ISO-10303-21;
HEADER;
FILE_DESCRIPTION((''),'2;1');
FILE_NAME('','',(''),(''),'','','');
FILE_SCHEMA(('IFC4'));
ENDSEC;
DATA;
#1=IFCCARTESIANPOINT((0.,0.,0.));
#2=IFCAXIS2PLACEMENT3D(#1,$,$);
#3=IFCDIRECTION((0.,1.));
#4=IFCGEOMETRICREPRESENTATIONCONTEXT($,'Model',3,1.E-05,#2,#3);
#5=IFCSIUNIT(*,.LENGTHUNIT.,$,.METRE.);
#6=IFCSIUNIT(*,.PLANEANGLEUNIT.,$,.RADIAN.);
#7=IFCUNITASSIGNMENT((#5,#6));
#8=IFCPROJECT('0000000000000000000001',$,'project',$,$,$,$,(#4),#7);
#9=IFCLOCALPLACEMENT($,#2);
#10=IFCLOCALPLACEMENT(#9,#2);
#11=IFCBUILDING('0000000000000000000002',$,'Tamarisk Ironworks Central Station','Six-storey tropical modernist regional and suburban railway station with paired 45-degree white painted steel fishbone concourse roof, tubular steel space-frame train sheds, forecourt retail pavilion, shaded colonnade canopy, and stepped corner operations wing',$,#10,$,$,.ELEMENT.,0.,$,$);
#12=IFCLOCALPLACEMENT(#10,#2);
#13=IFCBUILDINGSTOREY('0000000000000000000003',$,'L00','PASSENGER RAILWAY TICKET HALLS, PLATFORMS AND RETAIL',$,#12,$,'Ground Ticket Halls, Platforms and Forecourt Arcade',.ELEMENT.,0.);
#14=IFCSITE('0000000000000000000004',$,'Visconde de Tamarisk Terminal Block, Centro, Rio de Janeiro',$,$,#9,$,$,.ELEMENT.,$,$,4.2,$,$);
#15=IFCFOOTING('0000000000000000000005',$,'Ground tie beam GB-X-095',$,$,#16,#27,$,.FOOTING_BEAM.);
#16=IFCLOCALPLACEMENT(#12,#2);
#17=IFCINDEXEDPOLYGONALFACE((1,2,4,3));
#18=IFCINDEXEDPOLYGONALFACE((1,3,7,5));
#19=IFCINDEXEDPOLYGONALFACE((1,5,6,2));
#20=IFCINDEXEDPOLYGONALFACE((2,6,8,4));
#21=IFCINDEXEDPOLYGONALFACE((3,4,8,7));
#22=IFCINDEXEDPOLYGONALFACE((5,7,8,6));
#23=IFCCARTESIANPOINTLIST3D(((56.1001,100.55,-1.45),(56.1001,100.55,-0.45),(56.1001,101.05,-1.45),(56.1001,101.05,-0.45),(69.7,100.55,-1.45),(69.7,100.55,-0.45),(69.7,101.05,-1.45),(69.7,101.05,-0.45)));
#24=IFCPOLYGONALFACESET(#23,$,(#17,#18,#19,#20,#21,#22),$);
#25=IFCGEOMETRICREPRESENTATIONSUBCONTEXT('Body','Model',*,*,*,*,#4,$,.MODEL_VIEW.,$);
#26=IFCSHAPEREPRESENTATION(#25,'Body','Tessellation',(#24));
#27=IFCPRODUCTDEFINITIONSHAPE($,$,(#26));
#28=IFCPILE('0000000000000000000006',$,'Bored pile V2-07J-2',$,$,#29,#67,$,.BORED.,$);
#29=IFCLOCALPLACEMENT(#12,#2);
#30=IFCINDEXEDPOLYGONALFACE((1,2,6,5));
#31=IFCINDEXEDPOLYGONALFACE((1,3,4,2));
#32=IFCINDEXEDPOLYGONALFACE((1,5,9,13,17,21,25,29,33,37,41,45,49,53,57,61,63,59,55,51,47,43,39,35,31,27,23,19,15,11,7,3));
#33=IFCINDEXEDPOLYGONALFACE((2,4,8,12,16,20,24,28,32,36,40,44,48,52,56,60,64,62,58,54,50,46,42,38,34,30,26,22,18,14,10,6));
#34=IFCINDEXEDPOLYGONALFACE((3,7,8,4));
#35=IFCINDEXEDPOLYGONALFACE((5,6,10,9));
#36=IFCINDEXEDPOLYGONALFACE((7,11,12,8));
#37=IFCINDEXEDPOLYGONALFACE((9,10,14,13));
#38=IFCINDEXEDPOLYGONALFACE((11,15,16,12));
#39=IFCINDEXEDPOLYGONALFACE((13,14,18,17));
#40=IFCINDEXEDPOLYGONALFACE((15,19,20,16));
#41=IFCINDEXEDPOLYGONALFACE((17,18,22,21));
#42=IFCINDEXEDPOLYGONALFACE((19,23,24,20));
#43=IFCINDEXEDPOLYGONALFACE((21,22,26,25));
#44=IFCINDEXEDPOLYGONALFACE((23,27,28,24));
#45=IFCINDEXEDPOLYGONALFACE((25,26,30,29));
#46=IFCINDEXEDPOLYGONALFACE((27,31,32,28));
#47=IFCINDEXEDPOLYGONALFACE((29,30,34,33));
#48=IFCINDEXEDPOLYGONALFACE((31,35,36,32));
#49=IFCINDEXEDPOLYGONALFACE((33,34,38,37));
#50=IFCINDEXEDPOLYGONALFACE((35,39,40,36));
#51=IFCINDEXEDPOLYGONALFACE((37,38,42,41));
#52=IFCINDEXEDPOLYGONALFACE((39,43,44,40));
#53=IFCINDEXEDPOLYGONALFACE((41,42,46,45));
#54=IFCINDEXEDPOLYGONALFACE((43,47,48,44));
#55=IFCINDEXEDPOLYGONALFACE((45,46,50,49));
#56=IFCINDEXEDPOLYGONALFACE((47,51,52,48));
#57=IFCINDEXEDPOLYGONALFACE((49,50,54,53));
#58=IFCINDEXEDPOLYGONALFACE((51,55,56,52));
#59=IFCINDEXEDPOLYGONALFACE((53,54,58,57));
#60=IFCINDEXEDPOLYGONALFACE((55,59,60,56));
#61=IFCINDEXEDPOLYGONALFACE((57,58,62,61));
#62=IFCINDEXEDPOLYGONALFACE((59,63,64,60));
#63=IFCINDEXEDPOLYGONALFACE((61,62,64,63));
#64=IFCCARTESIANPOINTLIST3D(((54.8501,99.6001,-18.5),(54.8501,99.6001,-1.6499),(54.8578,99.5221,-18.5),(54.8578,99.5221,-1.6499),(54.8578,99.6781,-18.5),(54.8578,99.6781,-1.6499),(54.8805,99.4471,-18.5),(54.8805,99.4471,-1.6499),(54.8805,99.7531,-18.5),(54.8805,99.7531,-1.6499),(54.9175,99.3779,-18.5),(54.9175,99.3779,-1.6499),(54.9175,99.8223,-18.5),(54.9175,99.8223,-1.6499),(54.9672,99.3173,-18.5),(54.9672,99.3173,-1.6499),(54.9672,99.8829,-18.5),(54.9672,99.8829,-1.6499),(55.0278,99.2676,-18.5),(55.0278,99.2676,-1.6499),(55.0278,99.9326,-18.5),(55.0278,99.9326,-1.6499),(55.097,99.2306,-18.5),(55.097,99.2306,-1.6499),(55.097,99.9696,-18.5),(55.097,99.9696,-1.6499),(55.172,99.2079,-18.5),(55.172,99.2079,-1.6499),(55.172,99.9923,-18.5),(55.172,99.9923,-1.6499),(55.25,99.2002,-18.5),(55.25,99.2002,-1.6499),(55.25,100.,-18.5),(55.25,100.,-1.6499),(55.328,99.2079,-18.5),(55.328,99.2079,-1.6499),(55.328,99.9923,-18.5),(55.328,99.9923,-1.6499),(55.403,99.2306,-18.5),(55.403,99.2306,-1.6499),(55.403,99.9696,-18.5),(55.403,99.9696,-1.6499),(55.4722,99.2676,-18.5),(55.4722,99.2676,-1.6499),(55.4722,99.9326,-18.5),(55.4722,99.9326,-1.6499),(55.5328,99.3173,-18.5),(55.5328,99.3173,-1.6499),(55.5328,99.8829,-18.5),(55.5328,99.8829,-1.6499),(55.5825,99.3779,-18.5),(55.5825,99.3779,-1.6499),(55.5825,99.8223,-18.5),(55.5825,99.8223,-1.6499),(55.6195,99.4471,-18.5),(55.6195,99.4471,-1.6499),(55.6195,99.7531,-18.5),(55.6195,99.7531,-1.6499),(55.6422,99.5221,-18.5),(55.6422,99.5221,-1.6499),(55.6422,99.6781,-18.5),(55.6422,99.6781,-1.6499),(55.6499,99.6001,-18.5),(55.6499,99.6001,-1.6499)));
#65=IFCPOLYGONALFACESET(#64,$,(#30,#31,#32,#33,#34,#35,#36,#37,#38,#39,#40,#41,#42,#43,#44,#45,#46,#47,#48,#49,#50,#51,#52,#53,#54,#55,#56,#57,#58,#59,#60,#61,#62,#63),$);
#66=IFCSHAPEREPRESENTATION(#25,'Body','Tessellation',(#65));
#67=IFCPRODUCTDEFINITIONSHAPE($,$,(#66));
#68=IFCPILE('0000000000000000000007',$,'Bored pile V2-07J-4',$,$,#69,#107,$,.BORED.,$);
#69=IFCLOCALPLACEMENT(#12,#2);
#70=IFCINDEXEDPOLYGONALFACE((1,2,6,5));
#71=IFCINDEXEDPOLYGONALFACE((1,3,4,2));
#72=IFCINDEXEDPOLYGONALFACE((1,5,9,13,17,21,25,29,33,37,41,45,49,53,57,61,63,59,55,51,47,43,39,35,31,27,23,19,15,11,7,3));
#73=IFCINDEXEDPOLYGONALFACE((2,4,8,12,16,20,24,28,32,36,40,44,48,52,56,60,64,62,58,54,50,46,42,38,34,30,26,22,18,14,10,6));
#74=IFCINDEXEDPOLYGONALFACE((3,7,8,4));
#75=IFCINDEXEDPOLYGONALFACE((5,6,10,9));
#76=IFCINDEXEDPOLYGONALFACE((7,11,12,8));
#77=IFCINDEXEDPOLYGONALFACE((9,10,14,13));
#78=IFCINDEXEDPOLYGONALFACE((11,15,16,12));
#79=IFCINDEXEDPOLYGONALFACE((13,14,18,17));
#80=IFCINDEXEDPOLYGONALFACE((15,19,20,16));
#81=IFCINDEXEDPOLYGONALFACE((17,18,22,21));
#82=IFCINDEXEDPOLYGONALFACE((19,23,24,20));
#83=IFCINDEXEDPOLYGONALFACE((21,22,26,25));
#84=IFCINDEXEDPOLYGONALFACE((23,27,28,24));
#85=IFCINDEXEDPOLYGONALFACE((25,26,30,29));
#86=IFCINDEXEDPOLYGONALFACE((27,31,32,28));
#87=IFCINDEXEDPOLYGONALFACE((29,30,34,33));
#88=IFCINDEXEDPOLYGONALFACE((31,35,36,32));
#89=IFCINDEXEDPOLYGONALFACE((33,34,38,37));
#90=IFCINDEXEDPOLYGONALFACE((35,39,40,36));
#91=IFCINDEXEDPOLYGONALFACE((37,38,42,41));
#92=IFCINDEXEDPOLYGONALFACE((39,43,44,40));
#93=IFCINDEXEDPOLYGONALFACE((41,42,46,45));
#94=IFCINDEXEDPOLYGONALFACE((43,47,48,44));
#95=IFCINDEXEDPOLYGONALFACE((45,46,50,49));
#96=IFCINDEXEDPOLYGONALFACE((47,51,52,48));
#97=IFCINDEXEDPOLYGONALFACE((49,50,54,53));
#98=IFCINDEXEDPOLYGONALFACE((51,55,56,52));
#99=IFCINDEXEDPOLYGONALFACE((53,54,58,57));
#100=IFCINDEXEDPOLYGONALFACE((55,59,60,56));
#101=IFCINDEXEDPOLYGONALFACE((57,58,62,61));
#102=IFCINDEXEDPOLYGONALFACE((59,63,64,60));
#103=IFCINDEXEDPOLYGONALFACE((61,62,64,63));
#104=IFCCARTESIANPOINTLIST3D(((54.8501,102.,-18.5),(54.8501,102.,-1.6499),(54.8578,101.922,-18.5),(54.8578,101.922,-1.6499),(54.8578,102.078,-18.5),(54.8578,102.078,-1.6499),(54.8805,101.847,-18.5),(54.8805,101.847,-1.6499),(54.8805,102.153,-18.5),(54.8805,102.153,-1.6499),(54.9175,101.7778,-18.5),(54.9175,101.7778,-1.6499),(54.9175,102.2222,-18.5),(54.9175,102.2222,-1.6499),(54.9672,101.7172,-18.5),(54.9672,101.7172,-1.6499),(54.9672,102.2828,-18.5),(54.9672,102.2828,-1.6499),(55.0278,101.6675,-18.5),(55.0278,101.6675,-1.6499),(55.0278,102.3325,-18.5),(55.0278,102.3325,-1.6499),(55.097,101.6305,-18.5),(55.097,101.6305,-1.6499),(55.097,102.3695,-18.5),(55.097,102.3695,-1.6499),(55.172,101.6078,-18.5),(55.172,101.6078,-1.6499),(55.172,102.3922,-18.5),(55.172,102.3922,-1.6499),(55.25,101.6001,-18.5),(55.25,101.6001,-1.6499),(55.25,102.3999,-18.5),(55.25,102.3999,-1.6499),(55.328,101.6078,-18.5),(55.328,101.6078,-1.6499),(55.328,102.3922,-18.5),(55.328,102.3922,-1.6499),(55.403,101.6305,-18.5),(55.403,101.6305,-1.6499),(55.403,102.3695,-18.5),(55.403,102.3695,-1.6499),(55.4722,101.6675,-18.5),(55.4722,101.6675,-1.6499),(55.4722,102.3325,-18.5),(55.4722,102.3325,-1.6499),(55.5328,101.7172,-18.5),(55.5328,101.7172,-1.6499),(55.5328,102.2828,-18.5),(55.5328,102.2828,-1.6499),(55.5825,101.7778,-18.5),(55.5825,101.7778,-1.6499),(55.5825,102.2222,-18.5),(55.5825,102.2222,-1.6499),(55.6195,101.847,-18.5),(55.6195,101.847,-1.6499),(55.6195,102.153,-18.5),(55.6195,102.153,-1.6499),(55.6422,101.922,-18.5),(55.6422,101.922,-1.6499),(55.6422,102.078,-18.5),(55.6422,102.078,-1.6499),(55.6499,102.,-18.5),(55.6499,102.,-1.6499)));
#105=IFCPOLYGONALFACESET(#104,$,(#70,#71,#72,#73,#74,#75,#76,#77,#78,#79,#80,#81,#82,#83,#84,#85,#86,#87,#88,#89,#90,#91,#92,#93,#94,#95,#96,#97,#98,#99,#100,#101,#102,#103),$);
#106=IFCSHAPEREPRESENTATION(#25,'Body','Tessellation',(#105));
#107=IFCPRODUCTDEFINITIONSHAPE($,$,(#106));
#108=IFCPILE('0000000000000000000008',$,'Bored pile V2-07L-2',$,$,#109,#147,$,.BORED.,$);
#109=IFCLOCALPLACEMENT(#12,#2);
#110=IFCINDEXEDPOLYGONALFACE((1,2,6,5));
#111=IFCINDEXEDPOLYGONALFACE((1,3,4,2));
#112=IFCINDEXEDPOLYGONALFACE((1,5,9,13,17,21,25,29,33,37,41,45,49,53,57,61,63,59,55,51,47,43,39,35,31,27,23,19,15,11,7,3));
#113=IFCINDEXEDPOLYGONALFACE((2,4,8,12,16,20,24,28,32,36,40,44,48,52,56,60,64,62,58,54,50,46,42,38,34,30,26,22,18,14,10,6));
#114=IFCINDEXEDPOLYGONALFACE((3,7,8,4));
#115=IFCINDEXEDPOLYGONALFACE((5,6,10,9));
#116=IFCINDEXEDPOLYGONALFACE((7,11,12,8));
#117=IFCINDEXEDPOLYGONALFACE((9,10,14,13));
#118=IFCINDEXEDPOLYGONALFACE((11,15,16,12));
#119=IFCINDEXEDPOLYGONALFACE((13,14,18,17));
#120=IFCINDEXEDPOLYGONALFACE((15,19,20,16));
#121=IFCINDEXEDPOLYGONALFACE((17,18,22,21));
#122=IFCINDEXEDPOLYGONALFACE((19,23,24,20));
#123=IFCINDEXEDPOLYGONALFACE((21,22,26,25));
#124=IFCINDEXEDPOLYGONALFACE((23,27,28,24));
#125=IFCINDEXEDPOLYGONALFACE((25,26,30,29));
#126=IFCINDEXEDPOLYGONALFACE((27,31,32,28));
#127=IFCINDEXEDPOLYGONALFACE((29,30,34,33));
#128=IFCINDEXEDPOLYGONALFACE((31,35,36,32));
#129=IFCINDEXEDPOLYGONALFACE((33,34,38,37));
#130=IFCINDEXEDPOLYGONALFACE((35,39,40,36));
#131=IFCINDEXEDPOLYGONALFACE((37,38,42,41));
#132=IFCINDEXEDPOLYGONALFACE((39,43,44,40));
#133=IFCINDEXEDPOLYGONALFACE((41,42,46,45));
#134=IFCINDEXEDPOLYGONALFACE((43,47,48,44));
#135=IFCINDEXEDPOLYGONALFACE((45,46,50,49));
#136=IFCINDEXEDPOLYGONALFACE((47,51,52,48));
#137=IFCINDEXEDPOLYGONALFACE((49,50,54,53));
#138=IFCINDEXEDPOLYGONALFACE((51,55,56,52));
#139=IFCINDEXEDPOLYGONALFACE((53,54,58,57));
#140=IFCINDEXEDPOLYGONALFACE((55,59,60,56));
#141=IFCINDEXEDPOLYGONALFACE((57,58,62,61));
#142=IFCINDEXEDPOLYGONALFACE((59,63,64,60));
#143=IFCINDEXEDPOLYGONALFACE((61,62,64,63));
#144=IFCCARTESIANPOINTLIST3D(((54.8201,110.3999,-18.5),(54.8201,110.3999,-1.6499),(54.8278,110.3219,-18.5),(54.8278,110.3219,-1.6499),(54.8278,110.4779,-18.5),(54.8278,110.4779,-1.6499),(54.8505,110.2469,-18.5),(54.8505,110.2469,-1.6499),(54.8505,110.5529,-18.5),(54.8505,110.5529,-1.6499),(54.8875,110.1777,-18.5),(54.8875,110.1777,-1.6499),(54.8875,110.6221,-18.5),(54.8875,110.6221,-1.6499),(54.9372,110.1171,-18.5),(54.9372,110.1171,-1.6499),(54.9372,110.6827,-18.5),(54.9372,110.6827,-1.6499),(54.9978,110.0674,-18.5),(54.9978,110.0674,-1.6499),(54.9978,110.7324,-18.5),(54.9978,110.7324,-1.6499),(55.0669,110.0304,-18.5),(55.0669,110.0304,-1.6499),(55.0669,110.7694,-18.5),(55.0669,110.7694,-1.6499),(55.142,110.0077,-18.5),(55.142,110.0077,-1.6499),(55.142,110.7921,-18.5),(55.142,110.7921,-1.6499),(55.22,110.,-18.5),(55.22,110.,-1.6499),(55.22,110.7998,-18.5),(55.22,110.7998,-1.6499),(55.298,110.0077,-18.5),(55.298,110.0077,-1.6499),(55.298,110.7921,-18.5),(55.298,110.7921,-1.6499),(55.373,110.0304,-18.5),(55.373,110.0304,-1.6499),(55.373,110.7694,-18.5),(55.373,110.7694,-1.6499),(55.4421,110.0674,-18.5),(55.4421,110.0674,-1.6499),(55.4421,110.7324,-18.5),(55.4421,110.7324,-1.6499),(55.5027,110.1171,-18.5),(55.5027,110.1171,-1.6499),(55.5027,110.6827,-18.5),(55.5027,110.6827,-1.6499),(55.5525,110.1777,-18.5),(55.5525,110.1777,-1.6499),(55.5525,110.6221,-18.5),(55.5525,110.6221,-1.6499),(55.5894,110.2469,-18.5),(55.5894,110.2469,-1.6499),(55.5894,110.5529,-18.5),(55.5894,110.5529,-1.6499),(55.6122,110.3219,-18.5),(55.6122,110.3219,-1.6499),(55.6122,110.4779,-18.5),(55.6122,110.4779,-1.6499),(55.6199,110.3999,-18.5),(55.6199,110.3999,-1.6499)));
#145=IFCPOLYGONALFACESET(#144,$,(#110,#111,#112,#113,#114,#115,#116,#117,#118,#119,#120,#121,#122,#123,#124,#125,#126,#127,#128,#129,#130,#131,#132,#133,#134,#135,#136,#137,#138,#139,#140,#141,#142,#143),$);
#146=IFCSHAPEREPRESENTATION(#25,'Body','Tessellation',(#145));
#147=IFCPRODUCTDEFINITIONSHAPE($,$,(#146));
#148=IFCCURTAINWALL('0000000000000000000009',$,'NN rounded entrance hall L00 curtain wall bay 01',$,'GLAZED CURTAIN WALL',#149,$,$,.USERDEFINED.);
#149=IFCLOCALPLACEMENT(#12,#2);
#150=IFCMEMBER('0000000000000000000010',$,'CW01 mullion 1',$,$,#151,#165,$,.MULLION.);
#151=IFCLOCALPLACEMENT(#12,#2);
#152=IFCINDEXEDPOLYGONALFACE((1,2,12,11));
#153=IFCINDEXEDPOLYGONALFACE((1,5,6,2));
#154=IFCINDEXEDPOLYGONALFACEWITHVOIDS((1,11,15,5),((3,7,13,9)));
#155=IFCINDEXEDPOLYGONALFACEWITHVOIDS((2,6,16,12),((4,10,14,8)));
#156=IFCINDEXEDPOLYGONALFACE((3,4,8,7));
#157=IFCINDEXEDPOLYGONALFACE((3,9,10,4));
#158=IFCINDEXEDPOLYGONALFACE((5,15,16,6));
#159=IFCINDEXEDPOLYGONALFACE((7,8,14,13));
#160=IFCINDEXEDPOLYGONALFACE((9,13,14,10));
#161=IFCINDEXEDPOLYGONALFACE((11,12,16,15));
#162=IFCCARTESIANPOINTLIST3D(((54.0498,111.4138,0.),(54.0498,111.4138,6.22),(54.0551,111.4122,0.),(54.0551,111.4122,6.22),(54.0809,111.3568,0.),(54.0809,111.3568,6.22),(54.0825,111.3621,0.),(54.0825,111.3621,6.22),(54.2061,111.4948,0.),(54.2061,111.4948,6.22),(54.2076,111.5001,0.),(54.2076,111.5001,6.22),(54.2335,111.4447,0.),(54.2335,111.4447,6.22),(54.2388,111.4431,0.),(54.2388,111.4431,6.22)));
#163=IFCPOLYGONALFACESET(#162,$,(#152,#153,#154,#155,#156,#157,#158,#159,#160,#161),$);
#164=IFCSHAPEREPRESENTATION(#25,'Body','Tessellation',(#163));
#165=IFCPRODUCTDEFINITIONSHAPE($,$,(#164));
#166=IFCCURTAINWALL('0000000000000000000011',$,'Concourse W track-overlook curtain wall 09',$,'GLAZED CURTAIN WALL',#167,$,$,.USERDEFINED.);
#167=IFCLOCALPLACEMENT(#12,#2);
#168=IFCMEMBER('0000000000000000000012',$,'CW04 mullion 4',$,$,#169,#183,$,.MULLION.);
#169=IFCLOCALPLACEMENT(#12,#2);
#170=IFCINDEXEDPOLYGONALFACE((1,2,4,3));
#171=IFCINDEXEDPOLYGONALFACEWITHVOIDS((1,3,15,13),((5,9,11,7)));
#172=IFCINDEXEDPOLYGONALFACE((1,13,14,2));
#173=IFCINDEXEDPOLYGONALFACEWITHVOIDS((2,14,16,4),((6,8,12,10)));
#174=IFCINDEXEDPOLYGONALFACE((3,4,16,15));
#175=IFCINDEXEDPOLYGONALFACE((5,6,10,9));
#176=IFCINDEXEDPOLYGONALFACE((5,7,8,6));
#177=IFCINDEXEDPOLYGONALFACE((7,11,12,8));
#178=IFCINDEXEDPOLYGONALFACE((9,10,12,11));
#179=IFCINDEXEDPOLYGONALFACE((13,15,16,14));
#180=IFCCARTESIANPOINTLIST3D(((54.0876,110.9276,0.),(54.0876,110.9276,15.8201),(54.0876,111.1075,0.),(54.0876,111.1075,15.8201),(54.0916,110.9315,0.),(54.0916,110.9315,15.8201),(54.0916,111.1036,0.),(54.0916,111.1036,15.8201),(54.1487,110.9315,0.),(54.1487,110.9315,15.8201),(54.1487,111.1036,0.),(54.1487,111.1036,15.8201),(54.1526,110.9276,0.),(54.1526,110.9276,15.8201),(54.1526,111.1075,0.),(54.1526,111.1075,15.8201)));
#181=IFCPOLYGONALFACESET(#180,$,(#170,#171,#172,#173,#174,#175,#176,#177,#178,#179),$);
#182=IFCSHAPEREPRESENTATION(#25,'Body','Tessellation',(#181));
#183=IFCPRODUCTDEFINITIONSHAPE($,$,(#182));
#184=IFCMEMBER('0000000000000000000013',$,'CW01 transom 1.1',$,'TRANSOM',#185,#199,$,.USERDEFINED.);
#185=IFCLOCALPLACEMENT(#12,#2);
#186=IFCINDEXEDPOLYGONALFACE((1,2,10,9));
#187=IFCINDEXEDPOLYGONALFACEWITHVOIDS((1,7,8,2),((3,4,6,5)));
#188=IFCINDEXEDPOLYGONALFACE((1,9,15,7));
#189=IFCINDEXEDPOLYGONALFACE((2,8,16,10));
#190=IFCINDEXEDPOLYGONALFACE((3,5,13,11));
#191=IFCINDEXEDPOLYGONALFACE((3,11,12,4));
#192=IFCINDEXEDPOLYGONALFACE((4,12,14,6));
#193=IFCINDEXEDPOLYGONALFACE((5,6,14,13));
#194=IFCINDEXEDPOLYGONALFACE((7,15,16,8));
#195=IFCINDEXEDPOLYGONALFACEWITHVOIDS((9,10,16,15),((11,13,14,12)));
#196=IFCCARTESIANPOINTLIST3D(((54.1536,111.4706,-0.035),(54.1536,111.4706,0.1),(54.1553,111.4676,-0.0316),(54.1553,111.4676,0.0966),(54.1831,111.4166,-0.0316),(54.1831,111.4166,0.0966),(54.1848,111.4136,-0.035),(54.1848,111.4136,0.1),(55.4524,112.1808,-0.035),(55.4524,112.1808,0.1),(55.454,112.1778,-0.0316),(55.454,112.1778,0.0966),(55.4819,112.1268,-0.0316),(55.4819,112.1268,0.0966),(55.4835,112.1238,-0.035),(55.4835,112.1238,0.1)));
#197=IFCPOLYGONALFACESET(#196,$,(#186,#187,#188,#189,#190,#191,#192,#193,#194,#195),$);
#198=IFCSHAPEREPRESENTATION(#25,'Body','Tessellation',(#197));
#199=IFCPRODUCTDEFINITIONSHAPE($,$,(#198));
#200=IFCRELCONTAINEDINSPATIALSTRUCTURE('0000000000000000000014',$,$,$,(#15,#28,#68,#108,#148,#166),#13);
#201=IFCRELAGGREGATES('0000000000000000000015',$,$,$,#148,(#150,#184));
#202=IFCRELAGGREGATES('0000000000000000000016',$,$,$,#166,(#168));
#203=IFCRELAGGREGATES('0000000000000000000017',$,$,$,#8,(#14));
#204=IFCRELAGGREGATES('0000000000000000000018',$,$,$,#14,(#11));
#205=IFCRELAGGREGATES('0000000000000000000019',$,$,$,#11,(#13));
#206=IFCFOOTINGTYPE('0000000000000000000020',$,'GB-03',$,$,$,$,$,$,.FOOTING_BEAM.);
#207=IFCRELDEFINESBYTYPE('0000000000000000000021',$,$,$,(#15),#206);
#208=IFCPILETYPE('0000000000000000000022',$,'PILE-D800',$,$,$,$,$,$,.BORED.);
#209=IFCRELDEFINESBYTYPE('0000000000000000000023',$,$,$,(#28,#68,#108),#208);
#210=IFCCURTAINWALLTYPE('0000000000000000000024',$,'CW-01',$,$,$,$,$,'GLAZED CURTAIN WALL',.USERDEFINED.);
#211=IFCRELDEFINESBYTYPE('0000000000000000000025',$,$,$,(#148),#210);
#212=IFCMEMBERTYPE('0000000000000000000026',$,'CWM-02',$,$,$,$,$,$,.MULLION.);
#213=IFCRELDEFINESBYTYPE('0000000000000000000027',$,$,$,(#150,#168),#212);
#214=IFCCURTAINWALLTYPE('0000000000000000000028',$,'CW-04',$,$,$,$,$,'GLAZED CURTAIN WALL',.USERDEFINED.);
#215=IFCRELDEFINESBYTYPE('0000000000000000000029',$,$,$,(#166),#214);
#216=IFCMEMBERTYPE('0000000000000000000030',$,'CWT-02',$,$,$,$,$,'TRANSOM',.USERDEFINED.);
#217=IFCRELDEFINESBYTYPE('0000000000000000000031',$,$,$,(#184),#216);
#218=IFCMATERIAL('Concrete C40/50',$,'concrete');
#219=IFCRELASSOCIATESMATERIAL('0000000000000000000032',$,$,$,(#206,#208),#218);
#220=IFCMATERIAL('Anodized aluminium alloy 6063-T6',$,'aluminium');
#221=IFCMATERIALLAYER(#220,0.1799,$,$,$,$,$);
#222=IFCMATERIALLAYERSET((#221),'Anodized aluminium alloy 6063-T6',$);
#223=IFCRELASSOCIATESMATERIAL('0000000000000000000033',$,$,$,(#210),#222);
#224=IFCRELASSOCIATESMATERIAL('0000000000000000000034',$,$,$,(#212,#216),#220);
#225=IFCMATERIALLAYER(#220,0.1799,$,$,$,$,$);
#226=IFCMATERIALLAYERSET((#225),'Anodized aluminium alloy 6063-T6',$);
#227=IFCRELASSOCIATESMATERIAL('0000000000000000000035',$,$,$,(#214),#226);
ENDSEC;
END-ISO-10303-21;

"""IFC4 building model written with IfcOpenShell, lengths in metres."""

from ifc_helpers import new_model, si_unit, direction, frame, origin, origin_2d, place, context, subcontext, project, spatial, rectangle, hollow_rectangle, circle, extrude, material, layer, layer_set, material_profile, profile_set, type_object, element, aggregate, save


model = new_model("IFC4")

# Units and contexts
model_context = context("Model", 3, precision=1e-05, world=origin(), true_north=direction((0.0, 1.0)))
body_context = subcontext(model_context, "Body", "Model", "MODEL_VIEW")
ifc_project = project(units=[si_unit("LENGTHUNIT", "METRE"), si_unit("PLANEANGLEUNIT", "RADIAN")], contexts=[model_context])

# Site, building, storey
site_placement = place(None, origin())
site = spatial("IfcSite", under=ifc_project, at=site_placement, Name="Visconde de Tamarisk Terminal Block, Centro, Rio de Janeiro", CompositionType="ELEMENT", RefElevation=4.2)
building_placement = place(site_placement, origin())
building = spatial("IfcBuilding", under=site, at=building_placement, Name="Tamarisk Ironworks Central Station", Description="Six-storey tropical modernist regional and suburban railway station with paired 45-degree white painted steel fishbone concourse roof, tubular steel space-frame train sheds, forecourt retail pavilion, shaded colonnade canopy, and stepped corner operations wing", CompositionType="ELEMENT", ElevationOfRefHeight=0.0)
storey_placement = place(building_placement, origin())
storey = spatial("IfcBuildingStorey", under=building, at=storey_placement, Name="L00", Description="PASSENGER RAILWAY TICKET HALLS, PLATFORMS AND RETAIL", LongName="Ground Ticket Halls, Platforms and Forecourt Arcade", CompositionType="ELEMENT", Elevation=0.0)

# Footing
ifc_material_1 = material(Name="Concrete C40/50", Category="concrete")
ifc_material_profile_1 = material_profile(ifc_material_1, rectangle(XDim=0.5, YDim=1.0, at=origin_2d()), Name="GB03 500x1000")
ifc_profile_set_1 = profile_set([ifc_material_profile_1], Name="Concrete C40/50")
footing_type = type_object("IfcFootingType", Name="GB-03", PredefinedType="FOOTING_BEAM", material=ifc_profile_set_1)
footing_placement = place(storey_placement, frame((56.1001, 100.8, -0.95), z_axis=(1.0, 0.0, 0.0), x_axis=(0.0, 1.0, 0.0)))
element("IfcFooting", 1, at=footing_placement, inside=storey, type_object=footing_type, Name="Ground tie beam GB-X-095", PredefinedType="FOOTING_BEAM", context=body_context, shape_type="SweptSolid", body=[
    extrude(rectangle(XDim=0.5, YDim=1.0, at=origin_2d()), origin(), (0.0, 0.0, 1.0), 13.5999),
])

# Piles
ifc_material_profile_2 = material_profile(ifc_material_1, circle(Radius=0.3999, at=origin_2d()), Name="BORED PILE D800")
ifc_profile_set_2 = profile_set([ifc_material_profile_2], Name="Concrete C40/50")
pile_type = type_object("IfcPileType", Name="PILE-D800", PredefinedType="BORED", material=ifc_profile_set_2)
for number, where, z_axis, x_axis, name in (
    (2, (55.25, 99.6001, -1.6499), (0.0, 0.0, -1.0), (1.0, 0.0, 0.0), "Bored pile V2-07J-2"),
    (3, (55.25, 102.0, -1.6499), (0.0, 0.0, -1.0), (1.0, 0.0, 0.0), "Bored pile V2-07J-4"),
    (4, (55.22, 110.3999, -1.6499), (0.0, 0.0, -1.0), (1.0, 0.0, 0.0), "Bored pile V2-07L-2"),
):
    element("IfcPile", number, at=place(storey_placement, frame(where, z_axis=z_axis, x_axis=x_axis)), inside=storey, type_object=pile_type, Name=name, PredefinedType="BORED", context=body_context, shape_type="SweptSolid", body=[
        extrude(circle(Radius=0.3999, at=origin_2d()), origin(), (0.0, 0.0, 1.0), 16.8501),
    ])

# Curtain walls, members
ifc_material_2 = material(Name="Anodized aluminium alloy 6063-T6", Category="aluminium")
ifc_layer_1 = layer(ifc_material_2, 0.1799)
ifc_layer_set_1 = layer_set([ifc_layer_1], Name="Anodized aluminium alloy 6063-T6")
curtain_wall_type_1 = type_object("IfcCurtainWallType", Name="CW-01", ElementType="GLAZED CURTAIN WALL", PredefinedType="USERDEFINED", material=ifc_layer_set_1)
curtain_wall_1_placement = place(storey_placement, origin())
curtain_wall_1 = element("IfcCurtainWall", 5, at=curtain_wall_1_placement, inside=storey, type_object=curtain_wall_type_1, Name="NN rounded entrance hall L00 curtain wall bay 01", ObjectType="GLAZED CURTAIN WALL", PredefinedType="USERDEFINED")
ifc_material_profile_3 = material_profile(ifc_material_2, hollow_rectangle(XDim=0.0649, YDim=0.1799, WallThickness=0.0039, at=origin_2d()), Name="ALUM 180x65")
ifc_profile_set_3 = profile_set([ifc_material_profile_3], Name="Anodized aluminium alloy 6063-T6")
member_type_1 = type_object("IfcMemberType", Name="CWM-02", PredefinedType="MULLION", material=ifc_profile_set_3)
member_1_placement = place(storey_placement, frame((54.1443, 111.4285, 0.0), z_axis=(0.0, 0.0, 1.0), x_axis=(-0.479805, 0.877375, 0.0)))
member_1 = element("IfcMember", 6, at=member_1_placement, type_object=member_type_1, Name="CW01 mullion 1", PredefinedType="MULLION", context=body_context, shape_type="SweptSolid", body=[
    extrude(hollow_rectangle(XDim=0.0649, YDim=0.1799, WallThickness=0.0039, at=origin_2d()), origin(), (0.0, 0.0, 1.0), 6.22),
])
ifc_layer_2 = layer(ifc_material_2, 0.1799)
ifc_layer_set_2 = layer_set([ifc_layer_2], Name="Anodized aluminium alloy 6063-T6")
curtain_wall_type_2 = type_object("IfcCurtainWallType", Name="CW-04", ElementType="GLAZED CURTAIN WALL", PredefinedType="USERDEFINED", material=ifc_layer_set_2)
curtain_wall_2_placement = place(storey_placement, origin())
curtain_wall_2 = element("IfcCurtainWall", 7, at=curtain_wall_2_placement, inside=storey, type_object=curtain_wall_type_2, Name="Concourse W track-overlook curtain wall 09", ObjectType="GLAZED CURTAIN WALL", PredefinedType="USERDEFINED")
member_2_placement = place(storey_placement, frame((54.1201, 111.0176, 0.0), z_axis=(0.0, 0.0, 1.0), x_axis=(-1.0, 0.0, 0.0)))
member_2 = element("IfcMember", 8, at=member_2_placement, type_object=member_type_1, Name="CW04 mullion 4", PredefinedType="MULLION", context=body_context, shape_type="SweptSolid", body=[
    extrude(hollow_rectangle(XDim=0.0649, YDim=0.1799, WallThickness=0.0039, at=origin_2d()), origin(), (0.0, 0.0, 1.0), 15.8201),
])

# Member
ifc_material_profile_4 = material_profile(ifc_material_2, hollow_rectangle(XDim=0.0649, YDim=0.135, WallThickness=0.0034, at=origin_2d()), Name="ALUM 135x65")
ifc_profile_set_4 = profile_set([ifc_material_profile_4], Name="Anodized aluminium alloy 6063-T6")
member_type_2 = type_object("IfcMemberType", Name="CWT-02", ElementType="TRANSOM", PredefinedType="USERDEFINED", material=ifc_profile_set_4)
member_3_placement = place(storey_placement, frame((54.1692, 111.4421, 0.0325), z_axis=(0.877397, 0.479765, 0.0), x_axis=(-0.479765, 0.877397, 0.0)))
member_3 = element("IfcMember", 9, at=member_3_placement, type_object=member_type_2, Name="CW01 transom 1.1", ObjectType="TRANSOM", PredefinedType="USERDEFINED", context=body_context, shape_type="SweptSolid", body=[
    extrude(hollow_rectangle(XDim=0.0649, YDim=0.135, WallThickness=0.0034, at=origin_2d()), origin(), (0.0, 0.0, 1.0), 1.4802),
])
aggregate(curtain_wall_1, [member_1, member_3])

aggregate(curtain_wall_2, [member_2])

save(model, "model.ifc")
